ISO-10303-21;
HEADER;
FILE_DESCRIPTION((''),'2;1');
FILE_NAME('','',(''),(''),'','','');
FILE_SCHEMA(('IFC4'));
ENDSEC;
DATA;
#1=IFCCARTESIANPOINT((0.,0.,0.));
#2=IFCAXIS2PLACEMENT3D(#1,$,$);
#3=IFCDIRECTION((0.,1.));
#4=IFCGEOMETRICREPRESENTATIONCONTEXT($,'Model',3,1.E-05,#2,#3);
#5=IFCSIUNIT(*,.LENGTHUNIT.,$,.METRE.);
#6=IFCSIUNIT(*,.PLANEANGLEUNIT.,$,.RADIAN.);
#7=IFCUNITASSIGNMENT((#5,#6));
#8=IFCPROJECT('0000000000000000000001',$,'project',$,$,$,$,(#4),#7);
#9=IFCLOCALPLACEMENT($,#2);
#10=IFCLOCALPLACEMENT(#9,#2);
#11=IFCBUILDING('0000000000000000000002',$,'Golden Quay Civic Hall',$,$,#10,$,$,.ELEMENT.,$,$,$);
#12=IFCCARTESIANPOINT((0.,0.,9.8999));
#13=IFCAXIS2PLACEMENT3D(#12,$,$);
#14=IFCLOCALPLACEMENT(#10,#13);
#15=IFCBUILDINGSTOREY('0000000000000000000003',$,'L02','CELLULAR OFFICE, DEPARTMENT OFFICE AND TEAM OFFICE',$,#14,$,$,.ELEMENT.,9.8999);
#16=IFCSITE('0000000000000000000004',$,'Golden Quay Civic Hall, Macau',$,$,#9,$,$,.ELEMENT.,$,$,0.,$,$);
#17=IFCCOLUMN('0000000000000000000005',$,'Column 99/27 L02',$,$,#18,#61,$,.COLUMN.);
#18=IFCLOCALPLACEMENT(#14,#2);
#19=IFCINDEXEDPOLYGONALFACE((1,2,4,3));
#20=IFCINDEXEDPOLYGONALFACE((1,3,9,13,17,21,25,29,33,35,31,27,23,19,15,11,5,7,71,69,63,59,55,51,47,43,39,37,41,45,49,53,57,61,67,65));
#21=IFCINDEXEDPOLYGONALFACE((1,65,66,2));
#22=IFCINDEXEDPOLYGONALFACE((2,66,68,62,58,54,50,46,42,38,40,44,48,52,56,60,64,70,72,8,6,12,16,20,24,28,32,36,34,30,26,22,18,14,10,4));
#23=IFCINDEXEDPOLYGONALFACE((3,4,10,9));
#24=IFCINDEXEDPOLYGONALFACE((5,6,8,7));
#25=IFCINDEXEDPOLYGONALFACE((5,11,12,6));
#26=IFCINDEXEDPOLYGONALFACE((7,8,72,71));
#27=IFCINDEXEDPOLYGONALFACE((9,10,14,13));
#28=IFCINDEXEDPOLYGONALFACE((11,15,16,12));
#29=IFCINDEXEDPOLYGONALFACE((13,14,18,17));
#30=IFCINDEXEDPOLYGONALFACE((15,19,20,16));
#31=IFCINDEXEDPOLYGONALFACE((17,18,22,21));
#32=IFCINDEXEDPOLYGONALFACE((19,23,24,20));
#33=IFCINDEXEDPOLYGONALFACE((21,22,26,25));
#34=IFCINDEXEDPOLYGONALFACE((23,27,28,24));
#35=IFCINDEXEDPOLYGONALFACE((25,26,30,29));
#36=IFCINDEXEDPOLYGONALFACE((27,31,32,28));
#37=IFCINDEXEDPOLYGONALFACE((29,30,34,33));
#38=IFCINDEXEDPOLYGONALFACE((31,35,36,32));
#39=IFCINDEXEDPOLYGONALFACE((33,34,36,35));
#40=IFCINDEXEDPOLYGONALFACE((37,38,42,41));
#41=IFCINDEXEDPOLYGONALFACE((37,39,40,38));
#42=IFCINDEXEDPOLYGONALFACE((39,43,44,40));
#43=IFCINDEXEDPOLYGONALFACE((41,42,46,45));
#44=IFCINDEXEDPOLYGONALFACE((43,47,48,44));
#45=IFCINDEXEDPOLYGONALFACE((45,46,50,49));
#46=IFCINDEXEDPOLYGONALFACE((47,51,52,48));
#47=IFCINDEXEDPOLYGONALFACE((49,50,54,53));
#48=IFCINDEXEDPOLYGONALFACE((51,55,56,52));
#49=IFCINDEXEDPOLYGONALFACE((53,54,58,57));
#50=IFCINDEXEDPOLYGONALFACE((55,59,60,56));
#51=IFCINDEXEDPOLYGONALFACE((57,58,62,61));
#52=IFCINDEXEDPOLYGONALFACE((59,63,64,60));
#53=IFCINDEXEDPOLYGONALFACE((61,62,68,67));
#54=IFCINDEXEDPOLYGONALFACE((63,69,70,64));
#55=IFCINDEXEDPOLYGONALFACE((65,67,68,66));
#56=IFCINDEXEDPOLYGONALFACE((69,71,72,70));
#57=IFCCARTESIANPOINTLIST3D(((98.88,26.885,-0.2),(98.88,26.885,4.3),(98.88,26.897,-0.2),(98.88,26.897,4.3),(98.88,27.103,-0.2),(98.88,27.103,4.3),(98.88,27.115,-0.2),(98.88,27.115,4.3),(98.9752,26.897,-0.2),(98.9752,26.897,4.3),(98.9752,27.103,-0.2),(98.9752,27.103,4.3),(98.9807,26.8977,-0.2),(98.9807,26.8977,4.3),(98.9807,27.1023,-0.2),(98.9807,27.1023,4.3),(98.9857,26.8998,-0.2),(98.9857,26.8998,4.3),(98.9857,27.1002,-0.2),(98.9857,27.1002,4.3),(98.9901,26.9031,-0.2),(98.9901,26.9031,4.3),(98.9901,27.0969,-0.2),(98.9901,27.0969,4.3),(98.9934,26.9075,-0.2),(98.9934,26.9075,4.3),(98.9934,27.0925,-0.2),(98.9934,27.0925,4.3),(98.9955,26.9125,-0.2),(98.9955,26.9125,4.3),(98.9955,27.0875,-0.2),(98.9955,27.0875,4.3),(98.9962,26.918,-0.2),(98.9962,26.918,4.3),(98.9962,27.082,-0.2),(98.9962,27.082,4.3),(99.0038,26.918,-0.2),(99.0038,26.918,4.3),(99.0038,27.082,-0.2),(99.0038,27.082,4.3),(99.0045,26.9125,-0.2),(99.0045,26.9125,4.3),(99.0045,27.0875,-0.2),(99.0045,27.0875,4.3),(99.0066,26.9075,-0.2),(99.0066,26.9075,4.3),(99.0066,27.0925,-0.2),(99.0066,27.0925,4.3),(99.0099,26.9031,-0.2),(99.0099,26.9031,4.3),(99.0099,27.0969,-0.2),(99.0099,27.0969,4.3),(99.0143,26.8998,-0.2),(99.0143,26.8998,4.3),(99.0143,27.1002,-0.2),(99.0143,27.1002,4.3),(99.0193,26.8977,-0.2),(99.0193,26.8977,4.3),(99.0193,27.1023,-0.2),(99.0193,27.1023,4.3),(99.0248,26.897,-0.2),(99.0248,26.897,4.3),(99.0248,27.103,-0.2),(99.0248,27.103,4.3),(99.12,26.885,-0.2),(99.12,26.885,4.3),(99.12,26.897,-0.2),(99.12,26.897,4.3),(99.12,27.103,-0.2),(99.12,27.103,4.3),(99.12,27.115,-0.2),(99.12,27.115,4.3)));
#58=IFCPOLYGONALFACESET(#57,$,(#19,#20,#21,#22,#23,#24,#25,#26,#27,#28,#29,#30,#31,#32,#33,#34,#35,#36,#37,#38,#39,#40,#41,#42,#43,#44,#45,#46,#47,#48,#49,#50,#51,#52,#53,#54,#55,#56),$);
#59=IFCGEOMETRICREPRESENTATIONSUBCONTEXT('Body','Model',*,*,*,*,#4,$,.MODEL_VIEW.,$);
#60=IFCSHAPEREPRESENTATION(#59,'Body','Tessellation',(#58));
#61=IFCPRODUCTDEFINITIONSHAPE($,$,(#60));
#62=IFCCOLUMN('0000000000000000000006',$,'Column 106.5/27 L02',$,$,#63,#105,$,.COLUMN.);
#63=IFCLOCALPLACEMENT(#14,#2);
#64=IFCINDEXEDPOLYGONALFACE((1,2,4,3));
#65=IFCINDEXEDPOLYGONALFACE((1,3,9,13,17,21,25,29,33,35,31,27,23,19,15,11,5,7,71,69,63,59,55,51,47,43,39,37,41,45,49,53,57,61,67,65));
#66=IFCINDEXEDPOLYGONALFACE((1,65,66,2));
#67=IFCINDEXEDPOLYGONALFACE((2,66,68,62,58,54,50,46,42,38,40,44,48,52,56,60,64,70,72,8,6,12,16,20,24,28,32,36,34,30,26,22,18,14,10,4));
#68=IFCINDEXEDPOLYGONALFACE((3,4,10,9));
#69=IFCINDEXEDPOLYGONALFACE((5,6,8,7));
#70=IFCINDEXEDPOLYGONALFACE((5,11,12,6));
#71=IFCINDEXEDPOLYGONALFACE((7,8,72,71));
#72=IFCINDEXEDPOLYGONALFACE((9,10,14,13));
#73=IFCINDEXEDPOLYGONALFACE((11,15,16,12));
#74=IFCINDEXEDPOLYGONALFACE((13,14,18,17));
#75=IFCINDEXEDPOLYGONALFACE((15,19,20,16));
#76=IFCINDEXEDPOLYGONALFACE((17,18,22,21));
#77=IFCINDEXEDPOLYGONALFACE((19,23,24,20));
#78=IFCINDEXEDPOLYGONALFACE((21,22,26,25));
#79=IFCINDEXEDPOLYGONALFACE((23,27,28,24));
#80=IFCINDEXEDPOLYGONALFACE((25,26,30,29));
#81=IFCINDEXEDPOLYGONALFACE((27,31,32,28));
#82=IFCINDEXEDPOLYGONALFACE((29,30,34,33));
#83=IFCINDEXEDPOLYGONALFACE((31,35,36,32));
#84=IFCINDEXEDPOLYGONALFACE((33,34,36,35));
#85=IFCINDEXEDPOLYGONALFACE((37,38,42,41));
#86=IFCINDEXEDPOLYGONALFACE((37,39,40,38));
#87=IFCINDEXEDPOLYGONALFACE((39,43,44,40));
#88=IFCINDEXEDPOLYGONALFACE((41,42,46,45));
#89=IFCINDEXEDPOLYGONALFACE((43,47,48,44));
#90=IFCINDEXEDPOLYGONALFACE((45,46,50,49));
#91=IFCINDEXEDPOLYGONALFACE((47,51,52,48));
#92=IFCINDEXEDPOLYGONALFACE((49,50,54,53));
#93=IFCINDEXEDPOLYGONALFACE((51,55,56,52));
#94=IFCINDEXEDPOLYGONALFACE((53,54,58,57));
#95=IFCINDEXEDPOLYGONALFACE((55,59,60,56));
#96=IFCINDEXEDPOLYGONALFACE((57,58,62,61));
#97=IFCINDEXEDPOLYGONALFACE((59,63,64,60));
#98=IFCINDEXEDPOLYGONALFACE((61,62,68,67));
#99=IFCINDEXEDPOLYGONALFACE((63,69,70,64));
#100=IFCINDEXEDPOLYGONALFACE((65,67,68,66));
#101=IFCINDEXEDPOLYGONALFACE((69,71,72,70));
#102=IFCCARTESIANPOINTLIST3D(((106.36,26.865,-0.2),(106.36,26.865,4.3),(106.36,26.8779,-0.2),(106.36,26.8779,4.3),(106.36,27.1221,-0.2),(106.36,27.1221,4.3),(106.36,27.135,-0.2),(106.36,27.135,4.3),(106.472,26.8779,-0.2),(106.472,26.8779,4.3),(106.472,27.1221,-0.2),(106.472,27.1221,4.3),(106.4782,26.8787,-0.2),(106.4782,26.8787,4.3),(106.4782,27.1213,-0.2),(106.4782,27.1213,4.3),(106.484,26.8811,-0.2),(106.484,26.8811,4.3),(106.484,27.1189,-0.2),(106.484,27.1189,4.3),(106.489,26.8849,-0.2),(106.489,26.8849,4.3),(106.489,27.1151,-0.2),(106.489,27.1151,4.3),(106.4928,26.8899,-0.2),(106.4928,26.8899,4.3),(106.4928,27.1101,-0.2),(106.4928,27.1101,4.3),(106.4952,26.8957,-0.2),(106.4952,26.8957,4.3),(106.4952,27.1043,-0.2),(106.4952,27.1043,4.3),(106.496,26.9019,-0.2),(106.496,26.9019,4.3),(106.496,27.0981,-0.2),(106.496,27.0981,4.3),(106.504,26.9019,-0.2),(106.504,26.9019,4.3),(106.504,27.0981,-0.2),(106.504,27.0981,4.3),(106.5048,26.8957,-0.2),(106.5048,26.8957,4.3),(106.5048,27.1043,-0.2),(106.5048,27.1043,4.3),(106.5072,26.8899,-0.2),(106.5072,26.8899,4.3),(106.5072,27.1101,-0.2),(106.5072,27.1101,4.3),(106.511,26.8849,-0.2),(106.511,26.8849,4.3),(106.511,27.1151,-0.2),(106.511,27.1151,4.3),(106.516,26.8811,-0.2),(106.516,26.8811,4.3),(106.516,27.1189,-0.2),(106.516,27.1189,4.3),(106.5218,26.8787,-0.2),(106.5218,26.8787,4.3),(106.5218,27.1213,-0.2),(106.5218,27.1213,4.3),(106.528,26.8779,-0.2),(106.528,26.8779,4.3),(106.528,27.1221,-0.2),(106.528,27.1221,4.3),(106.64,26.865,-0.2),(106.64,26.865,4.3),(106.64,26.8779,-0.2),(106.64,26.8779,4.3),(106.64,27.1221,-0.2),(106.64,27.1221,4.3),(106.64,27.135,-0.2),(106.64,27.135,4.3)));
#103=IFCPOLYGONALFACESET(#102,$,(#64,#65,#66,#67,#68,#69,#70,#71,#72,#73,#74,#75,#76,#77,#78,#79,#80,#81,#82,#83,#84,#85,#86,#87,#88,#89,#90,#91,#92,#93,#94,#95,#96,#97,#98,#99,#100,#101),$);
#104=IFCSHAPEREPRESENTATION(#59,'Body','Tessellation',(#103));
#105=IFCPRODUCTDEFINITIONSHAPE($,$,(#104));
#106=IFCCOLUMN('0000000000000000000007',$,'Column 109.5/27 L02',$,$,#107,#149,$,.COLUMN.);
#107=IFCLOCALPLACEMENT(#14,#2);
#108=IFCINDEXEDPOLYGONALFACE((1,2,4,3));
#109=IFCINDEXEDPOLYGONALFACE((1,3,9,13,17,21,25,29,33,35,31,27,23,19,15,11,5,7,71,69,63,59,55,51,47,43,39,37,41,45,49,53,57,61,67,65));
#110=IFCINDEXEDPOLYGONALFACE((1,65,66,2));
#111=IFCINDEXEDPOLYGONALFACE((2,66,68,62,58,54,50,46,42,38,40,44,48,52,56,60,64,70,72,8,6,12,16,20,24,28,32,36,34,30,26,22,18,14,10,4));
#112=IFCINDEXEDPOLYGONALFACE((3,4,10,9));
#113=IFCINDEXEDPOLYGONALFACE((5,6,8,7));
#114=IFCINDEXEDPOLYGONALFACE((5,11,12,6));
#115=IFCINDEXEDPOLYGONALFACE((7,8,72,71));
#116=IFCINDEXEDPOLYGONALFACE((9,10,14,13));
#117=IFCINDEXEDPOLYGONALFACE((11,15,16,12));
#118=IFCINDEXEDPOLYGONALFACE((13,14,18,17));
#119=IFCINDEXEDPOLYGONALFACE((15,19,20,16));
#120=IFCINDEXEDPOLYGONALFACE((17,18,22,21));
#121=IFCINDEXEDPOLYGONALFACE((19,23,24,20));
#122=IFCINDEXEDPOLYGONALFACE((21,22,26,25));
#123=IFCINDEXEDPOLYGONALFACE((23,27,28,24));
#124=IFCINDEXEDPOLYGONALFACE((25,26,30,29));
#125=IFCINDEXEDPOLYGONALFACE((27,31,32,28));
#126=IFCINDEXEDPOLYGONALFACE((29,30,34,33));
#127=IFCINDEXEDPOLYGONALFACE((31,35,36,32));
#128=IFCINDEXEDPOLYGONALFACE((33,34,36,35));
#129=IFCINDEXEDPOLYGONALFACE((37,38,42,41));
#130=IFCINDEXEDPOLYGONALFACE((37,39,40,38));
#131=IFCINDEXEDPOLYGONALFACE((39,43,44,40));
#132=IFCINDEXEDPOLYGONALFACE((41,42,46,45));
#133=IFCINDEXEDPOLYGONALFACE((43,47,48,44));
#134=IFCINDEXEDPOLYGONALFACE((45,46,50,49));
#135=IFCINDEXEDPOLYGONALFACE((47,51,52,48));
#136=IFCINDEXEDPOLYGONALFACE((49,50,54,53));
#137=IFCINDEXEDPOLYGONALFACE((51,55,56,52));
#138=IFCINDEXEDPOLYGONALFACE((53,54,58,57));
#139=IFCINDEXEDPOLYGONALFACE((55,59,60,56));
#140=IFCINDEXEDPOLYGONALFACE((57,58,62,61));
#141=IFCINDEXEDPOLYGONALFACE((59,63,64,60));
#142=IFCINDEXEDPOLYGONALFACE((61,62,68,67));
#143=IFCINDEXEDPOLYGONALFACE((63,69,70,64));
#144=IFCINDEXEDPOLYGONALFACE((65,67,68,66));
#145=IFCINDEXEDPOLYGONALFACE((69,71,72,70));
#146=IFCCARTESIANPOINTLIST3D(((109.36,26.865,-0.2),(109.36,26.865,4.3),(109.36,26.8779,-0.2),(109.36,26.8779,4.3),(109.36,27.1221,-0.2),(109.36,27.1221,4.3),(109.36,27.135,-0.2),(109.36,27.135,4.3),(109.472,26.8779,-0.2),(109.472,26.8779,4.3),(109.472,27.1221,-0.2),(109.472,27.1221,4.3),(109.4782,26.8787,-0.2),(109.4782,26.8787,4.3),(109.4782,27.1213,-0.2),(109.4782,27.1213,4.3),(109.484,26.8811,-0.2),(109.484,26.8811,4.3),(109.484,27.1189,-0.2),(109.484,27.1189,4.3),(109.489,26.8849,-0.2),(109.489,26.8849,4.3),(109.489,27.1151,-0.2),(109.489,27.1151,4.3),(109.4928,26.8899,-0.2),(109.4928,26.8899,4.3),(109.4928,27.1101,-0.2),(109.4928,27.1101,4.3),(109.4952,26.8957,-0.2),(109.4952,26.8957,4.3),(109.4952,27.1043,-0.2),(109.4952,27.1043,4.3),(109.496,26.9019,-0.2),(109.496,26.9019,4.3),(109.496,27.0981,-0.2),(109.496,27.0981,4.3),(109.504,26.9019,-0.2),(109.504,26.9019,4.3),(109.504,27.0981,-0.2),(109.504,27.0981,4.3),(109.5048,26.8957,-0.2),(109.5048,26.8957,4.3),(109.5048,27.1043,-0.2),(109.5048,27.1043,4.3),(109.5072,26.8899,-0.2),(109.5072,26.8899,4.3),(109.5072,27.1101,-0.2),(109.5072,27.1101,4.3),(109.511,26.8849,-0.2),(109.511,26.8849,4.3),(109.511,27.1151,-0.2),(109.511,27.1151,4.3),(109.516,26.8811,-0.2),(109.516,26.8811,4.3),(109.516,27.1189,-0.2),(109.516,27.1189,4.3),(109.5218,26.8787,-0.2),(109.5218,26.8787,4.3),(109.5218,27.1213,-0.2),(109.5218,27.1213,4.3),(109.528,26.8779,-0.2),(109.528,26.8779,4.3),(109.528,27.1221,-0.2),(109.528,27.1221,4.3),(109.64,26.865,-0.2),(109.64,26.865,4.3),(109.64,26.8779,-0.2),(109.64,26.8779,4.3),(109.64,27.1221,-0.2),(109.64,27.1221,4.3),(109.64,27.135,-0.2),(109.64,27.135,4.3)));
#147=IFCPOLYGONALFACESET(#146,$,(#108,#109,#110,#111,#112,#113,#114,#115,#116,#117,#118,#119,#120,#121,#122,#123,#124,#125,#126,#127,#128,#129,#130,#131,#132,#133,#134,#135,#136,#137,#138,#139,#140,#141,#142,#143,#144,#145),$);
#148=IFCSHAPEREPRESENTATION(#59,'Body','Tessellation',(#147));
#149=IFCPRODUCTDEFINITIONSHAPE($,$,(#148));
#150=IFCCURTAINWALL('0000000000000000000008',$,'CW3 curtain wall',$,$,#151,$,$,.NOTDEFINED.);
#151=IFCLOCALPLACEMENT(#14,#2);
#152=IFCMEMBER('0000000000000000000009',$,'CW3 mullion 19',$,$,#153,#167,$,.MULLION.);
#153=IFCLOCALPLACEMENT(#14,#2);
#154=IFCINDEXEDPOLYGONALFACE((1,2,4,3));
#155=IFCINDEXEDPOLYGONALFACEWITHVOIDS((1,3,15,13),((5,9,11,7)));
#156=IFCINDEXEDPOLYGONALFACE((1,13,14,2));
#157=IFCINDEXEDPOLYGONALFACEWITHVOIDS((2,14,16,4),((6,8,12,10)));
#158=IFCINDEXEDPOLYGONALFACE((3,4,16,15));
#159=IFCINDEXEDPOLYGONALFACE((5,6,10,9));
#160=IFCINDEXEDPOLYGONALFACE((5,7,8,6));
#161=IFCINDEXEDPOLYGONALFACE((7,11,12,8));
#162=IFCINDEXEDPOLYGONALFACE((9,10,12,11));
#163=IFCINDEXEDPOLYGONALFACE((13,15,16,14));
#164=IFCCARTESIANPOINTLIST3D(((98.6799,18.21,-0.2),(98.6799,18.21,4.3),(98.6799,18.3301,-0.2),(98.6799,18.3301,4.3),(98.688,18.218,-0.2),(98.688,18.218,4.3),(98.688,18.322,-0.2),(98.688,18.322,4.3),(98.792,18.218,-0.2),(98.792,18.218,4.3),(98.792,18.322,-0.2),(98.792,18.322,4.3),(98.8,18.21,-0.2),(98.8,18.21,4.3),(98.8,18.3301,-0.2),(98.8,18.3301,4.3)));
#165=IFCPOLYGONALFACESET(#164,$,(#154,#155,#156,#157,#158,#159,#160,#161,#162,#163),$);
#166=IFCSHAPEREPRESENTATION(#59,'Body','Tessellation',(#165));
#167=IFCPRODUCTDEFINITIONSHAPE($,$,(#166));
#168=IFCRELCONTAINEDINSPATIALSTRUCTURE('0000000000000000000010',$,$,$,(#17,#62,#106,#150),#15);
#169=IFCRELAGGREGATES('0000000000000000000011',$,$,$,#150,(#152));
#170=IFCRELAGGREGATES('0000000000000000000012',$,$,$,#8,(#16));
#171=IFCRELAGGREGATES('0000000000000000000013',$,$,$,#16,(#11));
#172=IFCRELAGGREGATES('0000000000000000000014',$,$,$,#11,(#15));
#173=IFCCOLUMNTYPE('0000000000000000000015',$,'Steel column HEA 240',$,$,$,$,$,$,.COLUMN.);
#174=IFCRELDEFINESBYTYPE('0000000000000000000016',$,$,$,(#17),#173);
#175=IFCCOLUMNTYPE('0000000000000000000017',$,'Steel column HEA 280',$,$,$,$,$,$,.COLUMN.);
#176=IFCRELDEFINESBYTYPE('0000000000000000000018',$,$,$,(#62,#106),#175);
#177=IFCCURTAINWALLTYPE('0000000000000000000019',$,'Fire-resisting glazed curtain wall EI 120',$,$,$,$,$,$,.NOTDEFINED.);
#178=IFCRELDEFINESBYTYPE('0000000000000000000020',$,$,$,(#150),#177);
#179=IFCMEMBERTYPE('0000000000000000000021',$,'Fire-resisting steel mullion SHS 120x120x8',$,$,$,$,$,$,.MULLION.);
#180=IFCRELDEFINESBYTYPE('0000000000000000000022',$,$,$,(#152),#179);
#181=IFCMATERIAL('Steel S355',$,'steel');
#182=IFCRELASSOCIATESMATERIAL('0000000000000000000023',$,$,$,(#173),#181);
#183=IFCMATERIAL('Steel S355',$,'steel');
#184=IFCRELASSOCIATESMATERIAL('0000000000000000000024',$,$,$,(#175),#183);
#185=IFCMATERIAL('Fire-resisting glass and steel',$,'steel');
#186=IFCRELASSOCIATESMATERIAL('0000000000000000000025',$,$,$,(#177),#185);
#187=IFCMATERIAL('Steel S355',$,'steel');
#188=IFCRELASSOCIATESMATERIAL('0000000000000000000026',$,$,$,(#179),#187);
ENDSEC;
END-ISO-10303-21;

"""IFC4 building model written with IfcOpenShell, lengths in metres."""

from ifc_helpers import new_model, si_unit, direction, frame, origin, origin_2d, place, context, subcontext, project, spatial, hollow_rectangle, i_section, extrude, material, material_profile, profile_set, type_object, element, aggregate, save


model = new_model("IFC4")

# Units and contexts
model_context = context("Model", 3, precision=1e-05, world=origin(), true_north=direction((0.0, 1.0)))
body_context = subcontext(model_context, "Body", "Model", "MODEL_VIEW")
ifc_project = project(units=[si_unit("LENGTHUNIT", "METRE"), si_unit("PLANEANGLEUNIT", "RADIAN")], contexts=[model_context])

# Site, building, storey
site_placement = place(None, origin())
site = spatial("IfcSite", under=ifc_project, at=site_placement, Name="Golden Quay Civic Hall, Macau", CompositionType="ELEMENT", RefElevation=0.0)
building_placement = place(site_placement, origin())
building = spatial("IfcBuilding", under=site, at=building_placement, Name="Golden Quay Civic Hall", CompositionType="ELEMENT")
storey_placement = place(building_placement, frame((0.0, 0.0, 9.8999)))
storey = spatial("IfcBuildingStorey", under=building, at=storey_placement, Name="L02", Description="CELLULAR OFFICE, DEPARTMENT OFFICE AND TEAM OFFICE", CompositionType="ELEMENT", Elevation=9.8999)

# Columns
ifc_material_1 = material(Name="Steel S355", Category="steel")
ifc_material_profile_1 = material_profile(ifc_material_1, i_section(OverallWidth=0.24, OverallDepth=0.23, WebThickness=0.0076, FlangeThickness=0.012, FilletRadius=0.021, at=origin_2d()), Name="HEA 240")
ifc_profile_set_1 = profile_set([ifc_material_profile_1], Name="Steel S355")
column_type_1 = type_object("IfcColumnType", Name="Steel column HEA 240", PredefinedType="COLUMN", material=ifc_profile_set_1)
column_placement = place(storey_placement, frame((99.0, 27.0, -0.2), z_axis=(0.0, 0.0, 1.0), x_axis=(1.0, 0.0, 0.0)))
element("IfcColumn", 1, at=column_placement, inside=storey, type_object=column_type_1, Name="Column 99/27 L02", PredefinedType="COLUMN", context=body_context, shape_type="SweptSolid", body=[
    extrude(i_section(OverallWidth=0.24, OverallDepth=0.23, WebThickness=0.0076, FlangeThickness=0.012, FilletRadius=0.021, at=origin_2d()), origin(), (0.0, 0.0, 1.0), 4.5),
])
ifc_material_2 = material(Name="Steel S355", Category="steel")
ifc_material_profile_2 = material_profile(ifc_material_2, i_section(OverallWidth=0.28, OverallDepth=0.27, WebThickness=0.0081, FlangeThickness=0.0129, FilletRadius=0.0239, at=origin_2d()), Name="HEA 280")
ifc_profile_set_2 = profile_set([ifc_material_profile_2], Name="Steel S355")
column_type_2 = type_object("IfcColumnType", Name="Steel column HEA 280", PredefinedType="COLUMN", material=ifc_profile_set_2)
for number, where, z_axis, x_axis, name in (
    (2, (106.5, 27.0, -0.2), (0.0, 0.0, 1.0), (1.0, 0.0, 0.0), "Column 106.5/27 L02"),
    (3, (109.5, 27.0, -0.2), (0.0, 0.0, 1.0), (1.0, 0.0, 0.0), "Column 109.5/27 L02"),
):
    element("IfcColumn", number, at=place(storey_placement, frame(where, z_axis=z_axis, x_axis=x_axis)), inside=storey, type_object=column_type_2, Name=name, PredefinedType="COLUMN", context=body_context, shape_type="SweptSolid", body=[
        extrude(i_section(OverallWidth=0.28, OverallDepth=0.27, WebThickness=0.0081, FlangeThickness=0.0129, FilletRadius=0.0239, at=origin_2d()), origin(), (0.0, 0.0, 1.0), 4.5),
    ])

# Curtain wall, member
ifc_material_3 = material(Name="Fire-resisting glass and steel", Category="steel")
curtain_wall_type = type_object("IfcCurtainWallType", Name="Fire-resisting glazed curtain wall EI 120", PredefinedType="NOTDEFINED", material=ifc_material_3)
curtain_wall_placement = place(storey_placement, origin())
curtain_wall = element("IfcCurtainWall", 4, at=curtain_wall_placement, inside=storey, type_object=curtain_wall_type, Name="CW3 curtain wall", PredefinedType="NOTDEFINED")
ifc_material_4 = material(Name="Steel S355", Category="steel")
ifc_material_profile_3 = material_profile(ifc_material_4, hollow_rectangle(XDim=0.1201, YDim=0.1201, WallThickness=0.0081, at=origin_2d()), Name="SHS 120x120x8")
ifc_profile_set_3 = profile_set([ifc_material_profile_3], Name="Steel S355")
member_type = type_object("IfcMemberType", Name="Fire-resisting steel mullion SHS 120x120x8", PredefinedType="MULLION", material=ifc_profile_set_3)
member_placement = place(storey_placement, frame((98.74, 18.27, -0.2), z_axis=(0.0, 0.0, 1.0), x_axis=(0.0, 1.0, 0.0)))
member = element("IfcMember", 5, at=member_placement, type_object=member_type, Name="CW3 mullion 19", PredefinedType="MULLION", context=body_context, shape_type="SweptSolid", body=[
    extrude(hollow_rectangle(XDim=0.1201, YDim=0.1201, WallThickness=0.0081, at=origin_2d()), origin(), (0.0, 0.0, 1.0), 4.5),
])

aggregate(curtain_wall, [member])

save(model, "model.ifc")
